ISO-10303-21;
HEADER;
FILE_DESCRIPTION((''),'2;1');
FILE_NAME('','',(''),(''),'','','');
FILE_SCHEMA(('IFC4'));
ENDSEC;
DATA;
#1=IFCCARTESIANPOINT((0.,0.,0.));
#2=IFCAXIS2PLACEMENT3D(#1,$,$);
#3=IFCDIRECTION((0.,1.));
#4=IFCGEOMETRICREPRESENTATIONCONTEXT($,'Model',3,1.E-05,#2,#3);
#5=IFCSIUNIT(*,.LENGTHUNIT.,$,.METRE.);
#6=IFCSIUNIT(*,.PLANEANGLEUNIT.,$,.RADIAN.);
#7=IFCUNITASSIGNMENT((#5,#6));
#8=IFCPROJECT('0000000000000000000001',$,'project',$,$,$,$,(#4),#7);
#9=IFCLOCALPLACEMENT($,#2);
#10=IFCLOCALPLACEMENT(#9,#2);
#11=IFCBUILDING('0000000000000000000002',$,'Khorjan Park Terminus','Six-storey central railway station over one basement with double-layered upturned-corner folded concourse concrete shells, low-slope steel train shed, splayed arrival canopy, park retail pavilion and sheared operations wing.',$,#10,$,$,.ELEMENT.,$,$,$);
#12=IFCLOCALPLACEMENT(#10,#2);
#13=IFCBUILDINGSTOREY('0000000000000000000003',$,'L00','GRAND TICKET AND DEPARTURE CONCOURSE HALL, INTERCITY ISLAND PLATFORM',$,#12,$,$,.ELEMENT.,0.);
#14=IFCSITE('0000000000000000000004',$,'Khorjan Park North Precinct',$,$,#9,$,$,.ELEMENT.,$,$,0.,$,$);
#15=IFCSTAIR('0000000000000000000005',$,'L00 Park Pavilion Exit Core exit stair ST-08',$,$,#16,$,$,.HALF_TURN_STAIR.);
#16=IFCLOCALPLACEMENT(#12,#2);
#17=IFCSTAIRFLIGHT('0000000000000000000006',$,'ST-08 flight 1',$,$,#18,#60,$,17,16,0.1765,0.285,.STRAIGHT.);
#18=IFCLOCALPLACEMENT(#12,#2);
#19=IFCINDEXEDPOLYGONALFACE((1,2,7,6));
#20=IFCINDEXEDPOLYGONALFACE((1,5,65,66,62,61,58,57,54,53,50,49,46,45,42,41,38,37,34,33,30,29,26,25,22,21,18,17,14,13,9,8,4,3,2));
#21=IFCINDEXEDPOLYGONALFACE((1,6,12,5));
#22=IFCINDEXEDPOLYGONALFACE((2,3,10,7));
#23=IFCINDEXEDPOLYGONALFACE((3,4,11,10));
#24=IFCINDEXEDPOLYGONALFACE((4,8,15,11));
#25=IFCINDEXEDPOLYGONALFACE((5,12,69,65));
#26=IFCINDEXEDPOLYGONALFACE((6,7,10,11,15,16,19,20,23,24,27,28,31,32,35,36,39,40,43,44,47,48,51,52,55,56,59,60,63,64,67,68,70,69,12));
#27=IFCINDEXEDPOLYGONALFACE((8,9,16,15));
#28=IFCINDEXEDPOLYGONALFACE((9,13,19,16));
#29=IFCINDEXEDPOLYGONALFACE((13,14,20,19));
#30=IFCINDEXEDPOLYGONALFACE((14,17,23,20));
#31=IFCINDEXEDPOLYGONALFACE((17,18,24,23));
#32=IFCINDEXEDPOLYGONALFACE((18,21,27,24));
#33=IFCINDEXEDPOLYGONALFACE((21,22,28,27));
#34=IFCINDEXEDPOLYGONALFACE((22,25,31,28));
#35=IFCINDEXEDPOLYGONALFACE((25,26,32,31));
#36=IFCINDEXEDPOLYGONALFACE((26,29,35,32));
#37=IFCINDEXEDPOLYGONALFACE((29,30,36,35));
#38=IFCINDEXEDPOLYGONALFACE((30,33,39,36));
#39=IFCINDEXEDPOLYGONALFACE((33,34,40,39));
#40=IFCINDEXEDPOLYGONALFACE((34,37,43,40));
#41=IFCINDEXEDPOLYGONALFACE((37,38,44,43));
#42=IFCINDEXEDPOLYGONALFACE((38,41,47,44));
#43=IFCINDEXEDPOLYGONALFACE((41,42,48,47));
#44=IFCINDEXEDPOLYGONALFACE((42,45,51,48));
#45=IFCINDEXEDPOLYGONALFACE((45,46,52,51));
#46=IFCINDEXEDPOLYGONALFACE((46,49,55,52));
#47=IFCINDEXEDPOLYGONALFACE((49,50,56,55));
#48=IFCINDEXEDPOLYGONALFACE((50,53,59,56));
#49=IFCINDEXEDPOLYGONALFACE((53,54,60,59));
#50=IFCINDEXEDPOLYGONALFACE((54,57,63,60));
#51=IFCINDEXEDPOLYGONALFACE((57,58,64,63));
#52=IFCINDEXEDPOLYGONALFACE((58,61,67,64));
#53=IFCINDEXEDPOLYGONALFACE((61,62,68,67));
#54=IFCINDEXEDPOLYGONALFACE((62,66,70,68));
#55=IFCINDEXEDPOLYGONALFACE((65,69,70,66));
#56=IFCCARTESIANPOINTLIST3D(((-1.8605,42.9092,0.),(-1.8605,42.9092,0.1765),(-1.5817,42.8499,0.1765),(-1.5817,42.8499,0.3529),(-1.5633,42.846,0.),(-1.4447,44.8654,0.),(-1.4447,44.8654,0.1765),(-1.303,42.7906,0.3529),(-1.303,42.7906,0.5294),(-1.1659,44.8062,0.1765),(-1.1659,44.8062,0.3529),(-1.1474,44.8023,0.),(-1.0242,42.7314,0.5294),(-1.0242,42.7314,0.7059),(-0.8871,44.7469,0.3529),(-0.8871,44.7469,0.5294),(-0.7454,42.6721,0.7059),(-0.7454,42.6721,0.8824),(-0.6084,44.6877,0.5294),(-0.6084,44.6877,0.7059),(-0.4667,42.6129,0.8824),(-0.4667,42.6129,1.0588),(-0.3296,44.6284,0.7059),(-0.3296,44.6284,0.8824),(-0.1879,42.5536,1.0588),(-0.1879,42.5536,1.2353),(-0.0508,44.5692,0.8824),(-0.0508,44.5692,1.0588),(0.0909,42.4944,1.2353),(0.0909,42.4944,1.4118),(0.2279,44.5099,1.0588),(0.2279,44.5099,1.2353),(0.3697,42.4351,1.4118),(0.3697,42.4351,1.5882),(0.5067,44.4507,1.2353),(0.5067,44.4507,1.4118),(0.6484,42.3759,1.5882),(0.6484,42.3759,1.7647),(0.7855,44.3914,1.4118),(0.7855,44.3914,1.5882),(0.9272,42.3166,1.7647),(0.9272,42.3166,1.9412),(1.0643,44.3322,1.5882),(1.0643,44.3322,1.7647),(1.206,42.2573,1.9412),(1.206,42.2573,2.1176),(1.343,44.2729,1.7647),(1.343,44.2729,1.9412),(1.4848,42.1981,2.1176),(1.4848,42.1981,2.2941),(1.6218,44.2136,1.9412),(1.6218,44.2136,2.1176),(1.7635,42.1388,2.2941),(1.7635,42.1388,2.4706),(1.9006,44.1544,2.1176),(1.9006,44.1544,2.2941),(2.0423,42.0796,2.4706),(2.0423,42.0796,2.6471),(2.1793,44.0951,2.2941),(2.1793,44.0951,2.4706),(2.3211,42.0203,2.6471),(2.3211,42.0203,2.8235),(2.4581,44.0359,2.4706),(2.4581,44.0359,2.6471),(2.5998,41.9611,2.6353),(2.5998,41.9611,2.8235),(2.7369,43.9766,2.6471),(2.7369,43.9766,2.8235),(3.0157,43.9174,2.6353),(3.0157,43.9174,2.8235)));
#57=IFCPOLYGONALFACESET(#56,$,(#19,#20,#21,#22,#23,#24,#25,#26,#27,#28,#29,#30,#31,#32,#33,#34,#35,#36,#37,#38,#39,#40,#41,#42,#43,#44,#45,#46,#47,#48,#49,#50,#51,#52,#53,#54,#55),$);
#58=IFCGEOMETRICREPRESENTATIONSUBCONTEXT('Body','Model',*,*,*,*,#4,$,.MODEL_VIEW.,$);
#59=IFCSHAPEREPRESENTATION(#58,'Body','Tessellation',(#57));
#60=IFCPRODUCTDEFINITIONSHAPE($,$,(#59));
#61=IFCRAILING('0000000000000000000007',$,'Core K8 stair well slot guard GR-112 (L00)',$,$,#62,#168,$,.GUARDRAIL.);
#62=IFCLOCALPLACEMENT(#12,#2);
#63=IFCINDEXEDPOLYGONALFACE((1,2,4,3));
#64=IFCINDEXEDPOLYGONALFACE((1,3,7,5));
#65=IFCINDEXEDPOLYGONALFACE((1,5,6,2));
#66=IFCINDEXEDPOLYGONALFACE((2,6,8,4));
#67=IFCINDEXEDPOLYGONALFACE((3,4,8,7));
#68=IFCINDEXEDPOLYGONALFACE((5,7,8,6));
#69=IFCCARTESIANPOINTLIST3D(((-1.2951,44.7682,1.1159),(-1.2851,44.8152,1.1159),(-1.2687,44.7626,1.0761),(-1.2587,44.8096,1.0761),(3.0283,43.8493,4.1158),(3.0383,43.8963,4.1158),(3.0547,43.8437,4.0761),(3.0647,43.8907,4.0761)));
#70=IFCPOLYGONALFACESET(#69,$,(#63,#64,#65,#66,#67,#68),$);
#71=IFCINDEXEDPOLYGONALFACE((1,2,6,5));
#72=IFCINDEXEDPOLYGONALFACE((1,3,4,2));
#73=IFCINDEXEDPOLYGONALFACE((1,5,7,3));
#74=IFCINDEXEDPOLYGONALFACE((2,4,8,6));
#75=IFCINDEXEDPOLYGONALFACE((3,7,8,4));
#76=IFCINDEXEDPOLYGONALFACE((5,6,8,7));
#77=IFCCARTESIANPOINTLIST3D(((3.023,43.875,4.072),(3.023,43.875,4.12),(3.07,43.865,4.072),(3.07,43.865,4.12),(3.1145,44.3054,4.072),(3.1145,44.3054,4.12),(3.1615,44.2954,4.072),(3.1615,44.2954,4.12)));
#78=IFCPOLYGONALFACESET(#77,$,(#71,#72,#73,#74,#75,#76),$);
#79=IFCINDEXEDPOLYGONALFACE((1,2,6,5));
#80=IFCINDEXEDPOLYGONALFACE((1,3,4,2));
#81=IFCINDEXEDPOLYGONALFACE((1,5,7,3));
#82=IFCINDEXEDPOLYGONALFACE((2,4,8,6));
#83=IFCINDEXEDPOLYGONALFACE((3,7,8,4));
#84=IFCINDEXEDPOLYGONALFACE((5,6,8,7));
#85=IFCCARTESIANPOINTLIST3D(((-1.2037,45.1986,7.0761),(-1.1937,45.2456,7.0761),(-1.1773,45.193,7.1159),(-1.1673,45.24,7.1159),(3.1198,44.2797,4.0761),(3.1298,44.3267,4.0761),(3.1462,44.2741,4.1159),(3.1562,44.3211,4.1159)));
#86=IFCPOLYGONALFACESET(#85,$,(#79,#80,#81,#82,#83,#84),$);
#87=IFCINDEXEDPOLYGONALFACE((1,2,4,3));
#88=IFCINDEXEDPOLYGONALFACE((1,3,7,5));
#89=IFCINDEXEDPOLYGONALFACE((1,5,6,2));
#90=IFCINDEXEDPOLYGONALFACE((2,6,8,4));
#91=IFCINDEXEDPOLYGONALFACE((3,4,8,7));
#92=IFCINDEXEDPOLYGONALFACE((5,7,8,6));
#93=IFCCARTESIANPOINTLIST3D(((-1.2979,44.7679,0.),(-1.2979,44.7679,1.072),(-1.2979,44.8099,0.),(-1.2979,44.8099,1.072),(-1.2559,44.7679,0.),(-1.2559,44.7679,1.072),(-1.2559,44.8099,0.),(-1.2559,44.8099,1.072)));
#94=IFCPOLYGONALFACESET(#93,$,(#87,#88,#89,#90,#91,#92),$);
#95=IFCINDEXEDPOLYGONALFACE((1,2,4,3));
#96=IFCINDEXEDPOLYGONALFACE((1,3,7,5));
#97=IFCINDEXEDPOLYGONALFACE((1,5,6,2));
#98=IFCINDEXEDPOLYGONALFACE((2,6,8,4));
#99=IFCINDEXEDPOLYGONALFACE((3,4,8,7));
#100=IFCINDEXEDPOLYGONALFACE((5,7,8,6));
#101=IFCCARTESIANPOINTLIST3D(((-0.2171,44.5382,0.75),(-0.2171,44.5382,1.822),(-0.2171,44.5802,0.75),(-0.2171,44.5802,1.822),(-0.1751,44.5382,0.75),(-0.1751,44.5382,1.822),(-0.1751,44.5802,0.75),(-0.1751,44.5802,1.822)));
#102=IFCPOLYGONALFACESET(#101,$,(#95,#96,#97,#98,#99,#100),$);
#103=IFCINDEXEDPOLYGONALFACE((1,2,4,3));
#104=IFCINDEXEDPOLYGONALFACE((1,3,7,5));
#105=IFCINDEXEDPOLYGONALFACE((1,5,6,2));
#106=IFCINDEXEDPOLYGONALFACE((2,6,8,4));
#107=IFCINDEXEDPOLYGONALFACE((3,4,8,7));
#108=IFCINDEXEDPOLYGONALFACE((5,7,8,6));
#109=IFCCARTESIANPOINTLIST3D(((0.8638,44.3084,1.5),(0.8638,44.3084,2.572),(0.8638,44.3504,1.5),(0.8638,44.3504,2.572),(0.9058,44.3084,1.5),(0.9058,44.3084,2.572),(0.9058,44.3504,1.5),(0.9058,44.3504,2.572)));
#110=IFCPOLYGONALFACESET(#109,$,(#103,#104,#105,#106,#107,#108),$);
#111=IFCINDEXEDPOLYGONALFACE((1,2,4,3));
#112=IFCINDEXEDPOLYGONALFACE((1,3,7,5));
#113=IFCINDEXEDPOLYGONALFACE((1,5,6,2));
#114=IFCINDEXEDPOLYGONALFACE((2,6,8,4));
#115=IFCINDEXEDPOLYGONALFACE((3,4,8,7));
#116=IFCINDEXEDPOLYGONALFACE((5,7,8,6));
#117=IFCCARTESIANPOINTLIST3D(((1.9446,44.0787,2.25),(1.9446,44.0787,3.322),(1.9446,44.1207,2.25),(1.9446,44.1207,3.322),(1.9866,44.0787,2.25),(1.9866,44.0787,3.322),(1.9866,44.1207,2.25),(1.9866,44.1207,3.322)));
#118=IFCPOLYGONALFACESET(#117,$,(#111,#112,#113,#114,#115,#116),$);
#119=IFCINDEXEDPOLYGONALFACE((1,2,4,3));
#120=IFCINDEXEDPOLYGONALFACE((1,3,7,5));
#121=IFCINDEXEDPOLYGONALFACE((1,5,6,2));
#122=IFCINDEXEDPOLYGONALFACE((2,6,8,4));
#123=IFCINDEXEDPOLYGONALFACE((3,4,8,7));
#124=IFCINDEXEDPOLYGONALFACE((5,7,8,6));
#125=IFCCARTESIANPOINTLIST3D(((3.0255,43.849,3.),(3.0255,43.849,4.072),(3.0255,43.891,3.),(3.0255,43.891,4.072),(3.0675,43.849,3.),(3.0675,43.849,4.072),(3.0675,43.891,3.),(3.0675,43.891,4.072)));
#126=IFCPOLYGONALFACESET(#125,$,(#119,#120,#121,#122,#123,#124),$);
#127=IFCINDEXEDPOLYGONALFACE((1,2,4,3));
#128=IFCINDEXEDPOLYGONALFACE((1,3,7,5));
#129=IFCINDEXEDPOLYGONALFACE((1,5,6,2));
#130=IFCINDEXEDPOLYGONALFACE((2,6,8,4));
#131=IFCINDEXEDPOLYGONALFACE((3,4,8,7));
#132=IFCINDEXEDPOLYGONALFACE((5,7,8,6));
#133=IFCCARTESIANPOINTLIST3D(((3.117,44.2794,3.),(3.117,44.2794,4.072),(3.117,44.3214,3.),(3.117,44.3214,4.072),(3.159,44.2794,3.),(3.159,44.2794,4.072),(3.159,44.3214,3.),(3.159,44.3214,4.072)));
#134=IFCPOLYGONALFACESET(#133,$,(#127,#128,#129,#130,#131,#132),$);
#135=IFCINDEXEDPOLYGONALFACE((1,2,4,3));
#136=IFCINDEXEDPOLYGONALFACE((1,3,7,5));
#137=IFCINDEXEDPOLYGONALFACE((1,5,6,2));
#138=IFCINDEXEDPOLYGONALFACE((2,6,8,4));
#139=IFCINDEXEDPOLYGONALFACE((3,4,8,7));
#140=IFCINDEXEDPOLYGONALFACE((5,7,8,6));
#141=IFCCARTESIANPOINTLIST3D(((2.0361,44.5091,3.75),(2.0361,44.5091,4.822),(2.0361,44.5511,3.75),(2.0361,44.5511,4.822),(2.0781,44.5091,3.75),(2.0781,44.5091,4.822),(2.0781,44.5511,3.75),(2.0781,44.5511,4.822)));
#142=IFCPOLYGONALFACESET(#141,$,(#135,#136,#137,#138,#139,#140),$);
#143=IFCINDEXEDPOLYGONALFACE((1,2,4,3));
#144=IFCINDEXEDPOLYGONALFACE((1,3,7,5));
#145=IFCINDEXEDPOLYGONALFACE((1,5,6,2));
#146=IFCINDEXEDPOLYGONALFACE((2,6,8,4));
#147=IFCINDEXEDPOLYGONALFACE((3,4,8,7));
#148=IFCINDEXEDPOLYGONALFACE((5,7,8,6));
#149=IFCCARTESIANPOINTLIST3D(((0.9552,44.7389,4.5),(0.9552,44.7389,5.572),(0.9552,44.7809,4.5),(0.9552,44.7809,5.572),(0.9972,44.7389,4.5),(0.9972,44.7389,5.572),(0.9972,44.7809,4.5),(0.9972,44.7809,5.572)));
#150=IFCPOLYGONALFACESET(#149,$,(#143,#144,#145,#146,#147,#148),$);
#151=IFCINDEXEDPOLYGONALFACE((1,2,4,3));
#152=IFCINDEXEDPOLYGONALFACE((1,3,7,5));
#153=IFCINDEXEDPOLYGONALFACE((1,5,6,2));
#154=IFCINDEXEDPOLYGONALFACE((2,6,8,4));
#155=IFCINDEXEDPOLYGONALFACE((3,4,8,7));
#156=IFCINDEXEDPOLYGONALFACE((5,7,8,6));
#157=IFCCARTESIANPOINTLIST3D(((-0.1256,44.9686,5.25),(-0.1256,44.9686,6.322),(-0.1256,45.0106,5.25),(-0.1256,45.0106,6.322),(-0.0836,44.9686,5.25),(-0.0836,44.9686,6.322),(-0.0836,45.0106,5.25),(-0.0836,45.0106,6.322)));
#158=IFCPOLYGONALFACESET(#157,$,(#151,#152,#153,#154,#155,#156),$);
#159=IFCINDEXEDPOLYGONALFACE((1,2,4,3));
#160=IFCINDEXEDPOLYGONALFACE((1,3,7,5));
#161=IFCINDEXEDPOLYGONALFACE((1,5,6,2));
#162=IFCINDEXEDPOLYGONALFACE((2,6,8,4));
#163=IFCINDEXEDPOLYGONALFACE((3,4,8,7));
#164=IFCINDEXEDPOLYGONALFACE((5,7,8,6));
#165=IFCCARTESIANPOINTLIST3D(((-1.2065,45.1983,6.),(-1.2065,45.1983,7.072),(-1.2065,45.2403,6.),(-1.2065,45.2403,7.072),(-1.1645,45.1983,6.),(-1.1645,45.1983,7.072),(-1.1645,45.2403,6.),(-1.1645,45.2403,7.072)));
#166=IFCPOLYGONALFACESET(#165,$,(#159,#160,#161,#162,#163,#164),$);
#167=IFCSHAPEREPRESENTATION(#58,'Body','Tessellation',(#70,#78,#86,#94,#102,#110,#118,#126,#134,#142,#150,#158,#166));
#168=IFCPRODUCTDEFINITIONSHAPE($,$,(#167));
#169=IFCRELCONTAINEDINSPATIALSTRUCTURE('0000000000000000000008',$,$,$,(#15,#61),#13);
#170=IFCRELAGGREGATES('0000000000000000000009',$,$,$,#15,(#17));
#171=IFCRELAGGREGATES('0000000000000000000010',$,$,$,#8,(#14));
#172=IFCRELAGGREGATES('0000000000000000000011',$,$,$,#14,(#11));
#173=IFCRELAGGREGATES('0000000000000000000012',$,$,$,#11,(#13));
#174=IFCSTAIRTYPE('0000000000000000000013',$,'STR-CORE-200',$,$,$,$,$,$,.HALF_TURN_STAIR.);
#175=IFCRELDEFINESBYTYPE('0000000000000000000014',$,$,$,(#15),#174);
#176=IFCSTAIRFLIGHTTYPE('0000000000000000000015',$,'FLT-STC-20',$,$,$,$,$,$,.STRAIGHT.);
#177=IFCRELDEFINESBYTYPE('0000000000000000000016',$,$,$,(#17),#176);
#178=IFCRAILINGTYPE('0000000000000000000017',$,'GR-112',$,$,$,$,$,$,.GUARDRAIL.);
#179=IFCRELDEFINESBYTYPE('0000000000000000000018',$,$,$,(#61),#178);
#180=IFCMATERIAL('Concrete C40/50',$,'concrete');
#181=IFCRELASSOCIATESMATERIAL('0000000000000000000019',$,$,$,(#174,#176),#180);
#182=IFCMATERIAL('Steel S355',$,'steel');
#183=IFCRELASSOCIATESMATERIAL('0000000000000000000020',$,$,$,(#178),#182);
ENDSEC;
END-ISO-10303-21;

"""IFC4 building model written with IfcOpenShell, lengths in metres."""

from ifc_helpers import new_model, si_unit, direction, frame, origin, origin_2d, place, context, subcontext, project, spatial, polyline, rectangle, outline, extrude, material, type_object, element, aggregate, save


model = new_model("IFC4")

# Units and contexts
model_context = context("Model", 3, precision=1e-05, world=origin(), true_north=direction((0.0, 1.0)))
body_context = subcontext(model_context, "Body", "Model", "MODEL_VIEW")
ifc_project = project(units=[si_unit("LENGTHUNIT", "METRE"), si_unit("PLANEANGLEUNIT", "RADIAN")], contexts=[model_context])

# Site, building, storey
site_placement = place(None, origin())
site = spatial("IfcSite", under=ifc_project, at=site_placement, Name="Khorjan Park North Precinct", CompositionType="ELEMENT", RefElevation=0.0)
building_placement = place(site_placement, origin())
building = spatial("IfcBuilding", under=site, at=building_placement, Name="Khorjan Park Terminus", Description="Six-storey central railway station over one basement with double-layered upturned-corner folded concourse concrete shells, low-slope steel train shed, splayed arrival canopy, park retail pavilion and sheared operations wing.", CompositionType="ELEMENT")
storey_placement = place(building_placement, origin())
storey = spatial("IfcBuildingStorey", under=building, at=storey_placement, Name="L00", Description="GRAND TICKET AND DEPARTURE CONCOURSE HALL, INTERCITY ISLAND PLATFORM", CompositionType="ELEMENT", Elevation=0.0)

# Stair, stair flight
ifc_material_1 = material(Name="Concrete C40/50", Category="concrete")
stair_type = type_object("IfcStairType", Name="STR-CORE-200", PredefinedType="HALF_TURN_STAIR", material=ifc_material_1)
stair_placement = place(storey_placement, origin())
stair = element("IfcStair", 1, at=stair_placement, inside=storey, type_object=stair_type, Name="L00 Park Pavilion Exit Core exit stair ST-08", PredefinedType="HALF_TURN_STAIR")
stair_flight_type = type_object("IfcStairFlightType", Name="FLT-STC-20", PredefinedType="STRAIGHT", material=ifc_material_1)
stair_flight_placement = place(storey_placement, frame((-1.6526, 43.8873, 0.0), z_axis=(0.0, 0.0, 1.0), x_axis=(0.978148, -0.207912, 0.0)))
stair_flight = element("IfcStairFlight", 2, at=stair_flight_placement, type_object=stair_flight_type, Name="ST-08 flight 1", NumberOfRisers=17, NumberOfTreads=16, PredefinedType="STRAIGHT", RiserHeight=0.1765, TreadLength=0.285, context=body_context, shape_type="SweptSolid", body=[
    extrude(outline(polyline([(0.0, 0.0), (0.0, 0.1765), (0.285, 0.1765), (0.285, 0.3529), (0.57, 0.3529), (0.57, 0.5294), (0.855, 0.5294), (0.855, 0.7059), (1.14, 0.7059), (1.14, 0.8824), (1.425, 0.8824), (1.425, 1.0588), (1.71, 1.0588), (1.71, 1.2353), (1.995, 1.2353), (1.995, 1.4118), (2.28, 1.4118), (2.28, 1.5882), (2.565, 1.5882), (2.565, 1.7647), (2.85, 1.7647), (2.85, 1.9412), (3.135, 1.9412), (3.135, 2.1176), (3.42, 2.1176), (3.42, 2.2941), (3.705, 2.2941), (3.705, 2.4706), (3.99, 2.4706), (3.99, 2.6471), (4.275, 2.6471), (4.275, 2.8235), (4.56, 2.8235), (4.56, 3.0), (4.56, 2.6353), (0.3039, 0.0), (0.0, 0.0)])), frame((0.0, 1.0, 0.0), z_axis=(0.0, -1.0, 0.0), x_axis=(1.0, 0.0, 0.0)), (0.0, 0.0, 1.0), 2.0),
])
aggregate(stair, [stair_flight])

# Railing
ifc_material_2 = material(Name="Steel S355", Category="steel")
railing_type_1 = type_object("IfcRailingType", Name="GR-112", PredefinedType="GUARDRAIL", material=ifc_material_2)
railing_1_placement = place(storey_placement, frame((-1.2769, 44.7889, 0.0)))
element("IfcRailing", 3, at=railing_1_placement, inside=storey, type_object=railing_type_1, Name="Core K8 stair well slot guard GR-112 (L00)", PredefinedType="GUARDRAIL", context=body_context, shape_type="SweptSolid", body=[
    extrude(rectangle(XDim=0.048, YDim=0.048, at=origin_2d()), frame((0.0, 0.0, 1.096), z_axis=(0.809334, -0.172017, 0.561595), x_axis=(0.207897, 0.978151, 0.0)), (0.0, 0.0, 1.0), 5.3419),
    extrude(rectangle(XDim=0.048, YDim=0.048, at=origin_2d()), frame((4.3234, -0.9189, 4.096), z_axis=(0.207946, 0.97814, 0.0), x_axis=(-0.97814, 0.207946, 0.0)), (0.0, 0.0, 1.0), 0.44),
    extrude(rectangle(XDim=0.048, YDim=0.048, at=origin_2d()), frame((4.4149, -0.4885, 4.096), z_axis=(-0.80934, 0.172014, 0.561587), x_axis=(-0.207893, -0.978152, 0.0)), (0.0, 0.0, 1.0), 5.342),
    extrude(rectangle(XDim=0.042, YDim=0.042, at=origin_2d()), origin(), (0.0, 0.0, 1.0), 1.072),
    extrude(rectangle(XDim=0.042, YDim=0.042, at=origin_2d()), frame((1.0808, -0.2297, 0.75)), (0.0, 0.0, 1.0), 1.072),
    extrude(rectangle(XDim=0.042, YDim=0.042, at=origin_2d()), frame((2.1617, -0.4595, 1.5)), (0.0, 0.0, 1.0), 1.072),
    extrude(rectangle(XDim=0.042, YDim=0.042, at=origin_2d()), frame((3.2425, -0.6892, 2.25)), (0.0, 0.0, 1.0), 1.072),
    extrude(rectangle(XDim=0.042, YDim=0.042, at=origin_2d()), frame((4.3234, -0.9189, 3.0)), (0.0, 0.0, 1.0), 1.072),
    extrude(rectangle(XDim=0.042, YDim=0.042, at=origin_2d()), frame((4.4149, -0.4885, 3.0)), (0.0, 0.0, 1.0), 1.072),
    extrude(rectangle(XDim=0.042, YDim=0.042, at=origin_2d()), frame((3.334, -0.2588, 3.75)), (0.0, 0.0, 1.0), 1.072),
    extrude(rectangle(XDim=0.042, YDim=0.042, at=origin_2d()), frame((2.2531, -0.029, 4.5)), (0.0, 0.0, 1.0), 1.072),
    extrude(rectangle(XDim=0.042, YDim=0.042, at=origin_2d()), frame((1.1723, 0.2007, 5.25)), (0.0, 0.0, 1.0), 1.072),
    extrude(rectangle(XDim=0.042, YDim=0.042, at=origin_2d()), frame((0.0914, 0.4304, 6.0)), (0.0, 0.0, 1.0), 1.072),
])

save(model, "model.ifc")
